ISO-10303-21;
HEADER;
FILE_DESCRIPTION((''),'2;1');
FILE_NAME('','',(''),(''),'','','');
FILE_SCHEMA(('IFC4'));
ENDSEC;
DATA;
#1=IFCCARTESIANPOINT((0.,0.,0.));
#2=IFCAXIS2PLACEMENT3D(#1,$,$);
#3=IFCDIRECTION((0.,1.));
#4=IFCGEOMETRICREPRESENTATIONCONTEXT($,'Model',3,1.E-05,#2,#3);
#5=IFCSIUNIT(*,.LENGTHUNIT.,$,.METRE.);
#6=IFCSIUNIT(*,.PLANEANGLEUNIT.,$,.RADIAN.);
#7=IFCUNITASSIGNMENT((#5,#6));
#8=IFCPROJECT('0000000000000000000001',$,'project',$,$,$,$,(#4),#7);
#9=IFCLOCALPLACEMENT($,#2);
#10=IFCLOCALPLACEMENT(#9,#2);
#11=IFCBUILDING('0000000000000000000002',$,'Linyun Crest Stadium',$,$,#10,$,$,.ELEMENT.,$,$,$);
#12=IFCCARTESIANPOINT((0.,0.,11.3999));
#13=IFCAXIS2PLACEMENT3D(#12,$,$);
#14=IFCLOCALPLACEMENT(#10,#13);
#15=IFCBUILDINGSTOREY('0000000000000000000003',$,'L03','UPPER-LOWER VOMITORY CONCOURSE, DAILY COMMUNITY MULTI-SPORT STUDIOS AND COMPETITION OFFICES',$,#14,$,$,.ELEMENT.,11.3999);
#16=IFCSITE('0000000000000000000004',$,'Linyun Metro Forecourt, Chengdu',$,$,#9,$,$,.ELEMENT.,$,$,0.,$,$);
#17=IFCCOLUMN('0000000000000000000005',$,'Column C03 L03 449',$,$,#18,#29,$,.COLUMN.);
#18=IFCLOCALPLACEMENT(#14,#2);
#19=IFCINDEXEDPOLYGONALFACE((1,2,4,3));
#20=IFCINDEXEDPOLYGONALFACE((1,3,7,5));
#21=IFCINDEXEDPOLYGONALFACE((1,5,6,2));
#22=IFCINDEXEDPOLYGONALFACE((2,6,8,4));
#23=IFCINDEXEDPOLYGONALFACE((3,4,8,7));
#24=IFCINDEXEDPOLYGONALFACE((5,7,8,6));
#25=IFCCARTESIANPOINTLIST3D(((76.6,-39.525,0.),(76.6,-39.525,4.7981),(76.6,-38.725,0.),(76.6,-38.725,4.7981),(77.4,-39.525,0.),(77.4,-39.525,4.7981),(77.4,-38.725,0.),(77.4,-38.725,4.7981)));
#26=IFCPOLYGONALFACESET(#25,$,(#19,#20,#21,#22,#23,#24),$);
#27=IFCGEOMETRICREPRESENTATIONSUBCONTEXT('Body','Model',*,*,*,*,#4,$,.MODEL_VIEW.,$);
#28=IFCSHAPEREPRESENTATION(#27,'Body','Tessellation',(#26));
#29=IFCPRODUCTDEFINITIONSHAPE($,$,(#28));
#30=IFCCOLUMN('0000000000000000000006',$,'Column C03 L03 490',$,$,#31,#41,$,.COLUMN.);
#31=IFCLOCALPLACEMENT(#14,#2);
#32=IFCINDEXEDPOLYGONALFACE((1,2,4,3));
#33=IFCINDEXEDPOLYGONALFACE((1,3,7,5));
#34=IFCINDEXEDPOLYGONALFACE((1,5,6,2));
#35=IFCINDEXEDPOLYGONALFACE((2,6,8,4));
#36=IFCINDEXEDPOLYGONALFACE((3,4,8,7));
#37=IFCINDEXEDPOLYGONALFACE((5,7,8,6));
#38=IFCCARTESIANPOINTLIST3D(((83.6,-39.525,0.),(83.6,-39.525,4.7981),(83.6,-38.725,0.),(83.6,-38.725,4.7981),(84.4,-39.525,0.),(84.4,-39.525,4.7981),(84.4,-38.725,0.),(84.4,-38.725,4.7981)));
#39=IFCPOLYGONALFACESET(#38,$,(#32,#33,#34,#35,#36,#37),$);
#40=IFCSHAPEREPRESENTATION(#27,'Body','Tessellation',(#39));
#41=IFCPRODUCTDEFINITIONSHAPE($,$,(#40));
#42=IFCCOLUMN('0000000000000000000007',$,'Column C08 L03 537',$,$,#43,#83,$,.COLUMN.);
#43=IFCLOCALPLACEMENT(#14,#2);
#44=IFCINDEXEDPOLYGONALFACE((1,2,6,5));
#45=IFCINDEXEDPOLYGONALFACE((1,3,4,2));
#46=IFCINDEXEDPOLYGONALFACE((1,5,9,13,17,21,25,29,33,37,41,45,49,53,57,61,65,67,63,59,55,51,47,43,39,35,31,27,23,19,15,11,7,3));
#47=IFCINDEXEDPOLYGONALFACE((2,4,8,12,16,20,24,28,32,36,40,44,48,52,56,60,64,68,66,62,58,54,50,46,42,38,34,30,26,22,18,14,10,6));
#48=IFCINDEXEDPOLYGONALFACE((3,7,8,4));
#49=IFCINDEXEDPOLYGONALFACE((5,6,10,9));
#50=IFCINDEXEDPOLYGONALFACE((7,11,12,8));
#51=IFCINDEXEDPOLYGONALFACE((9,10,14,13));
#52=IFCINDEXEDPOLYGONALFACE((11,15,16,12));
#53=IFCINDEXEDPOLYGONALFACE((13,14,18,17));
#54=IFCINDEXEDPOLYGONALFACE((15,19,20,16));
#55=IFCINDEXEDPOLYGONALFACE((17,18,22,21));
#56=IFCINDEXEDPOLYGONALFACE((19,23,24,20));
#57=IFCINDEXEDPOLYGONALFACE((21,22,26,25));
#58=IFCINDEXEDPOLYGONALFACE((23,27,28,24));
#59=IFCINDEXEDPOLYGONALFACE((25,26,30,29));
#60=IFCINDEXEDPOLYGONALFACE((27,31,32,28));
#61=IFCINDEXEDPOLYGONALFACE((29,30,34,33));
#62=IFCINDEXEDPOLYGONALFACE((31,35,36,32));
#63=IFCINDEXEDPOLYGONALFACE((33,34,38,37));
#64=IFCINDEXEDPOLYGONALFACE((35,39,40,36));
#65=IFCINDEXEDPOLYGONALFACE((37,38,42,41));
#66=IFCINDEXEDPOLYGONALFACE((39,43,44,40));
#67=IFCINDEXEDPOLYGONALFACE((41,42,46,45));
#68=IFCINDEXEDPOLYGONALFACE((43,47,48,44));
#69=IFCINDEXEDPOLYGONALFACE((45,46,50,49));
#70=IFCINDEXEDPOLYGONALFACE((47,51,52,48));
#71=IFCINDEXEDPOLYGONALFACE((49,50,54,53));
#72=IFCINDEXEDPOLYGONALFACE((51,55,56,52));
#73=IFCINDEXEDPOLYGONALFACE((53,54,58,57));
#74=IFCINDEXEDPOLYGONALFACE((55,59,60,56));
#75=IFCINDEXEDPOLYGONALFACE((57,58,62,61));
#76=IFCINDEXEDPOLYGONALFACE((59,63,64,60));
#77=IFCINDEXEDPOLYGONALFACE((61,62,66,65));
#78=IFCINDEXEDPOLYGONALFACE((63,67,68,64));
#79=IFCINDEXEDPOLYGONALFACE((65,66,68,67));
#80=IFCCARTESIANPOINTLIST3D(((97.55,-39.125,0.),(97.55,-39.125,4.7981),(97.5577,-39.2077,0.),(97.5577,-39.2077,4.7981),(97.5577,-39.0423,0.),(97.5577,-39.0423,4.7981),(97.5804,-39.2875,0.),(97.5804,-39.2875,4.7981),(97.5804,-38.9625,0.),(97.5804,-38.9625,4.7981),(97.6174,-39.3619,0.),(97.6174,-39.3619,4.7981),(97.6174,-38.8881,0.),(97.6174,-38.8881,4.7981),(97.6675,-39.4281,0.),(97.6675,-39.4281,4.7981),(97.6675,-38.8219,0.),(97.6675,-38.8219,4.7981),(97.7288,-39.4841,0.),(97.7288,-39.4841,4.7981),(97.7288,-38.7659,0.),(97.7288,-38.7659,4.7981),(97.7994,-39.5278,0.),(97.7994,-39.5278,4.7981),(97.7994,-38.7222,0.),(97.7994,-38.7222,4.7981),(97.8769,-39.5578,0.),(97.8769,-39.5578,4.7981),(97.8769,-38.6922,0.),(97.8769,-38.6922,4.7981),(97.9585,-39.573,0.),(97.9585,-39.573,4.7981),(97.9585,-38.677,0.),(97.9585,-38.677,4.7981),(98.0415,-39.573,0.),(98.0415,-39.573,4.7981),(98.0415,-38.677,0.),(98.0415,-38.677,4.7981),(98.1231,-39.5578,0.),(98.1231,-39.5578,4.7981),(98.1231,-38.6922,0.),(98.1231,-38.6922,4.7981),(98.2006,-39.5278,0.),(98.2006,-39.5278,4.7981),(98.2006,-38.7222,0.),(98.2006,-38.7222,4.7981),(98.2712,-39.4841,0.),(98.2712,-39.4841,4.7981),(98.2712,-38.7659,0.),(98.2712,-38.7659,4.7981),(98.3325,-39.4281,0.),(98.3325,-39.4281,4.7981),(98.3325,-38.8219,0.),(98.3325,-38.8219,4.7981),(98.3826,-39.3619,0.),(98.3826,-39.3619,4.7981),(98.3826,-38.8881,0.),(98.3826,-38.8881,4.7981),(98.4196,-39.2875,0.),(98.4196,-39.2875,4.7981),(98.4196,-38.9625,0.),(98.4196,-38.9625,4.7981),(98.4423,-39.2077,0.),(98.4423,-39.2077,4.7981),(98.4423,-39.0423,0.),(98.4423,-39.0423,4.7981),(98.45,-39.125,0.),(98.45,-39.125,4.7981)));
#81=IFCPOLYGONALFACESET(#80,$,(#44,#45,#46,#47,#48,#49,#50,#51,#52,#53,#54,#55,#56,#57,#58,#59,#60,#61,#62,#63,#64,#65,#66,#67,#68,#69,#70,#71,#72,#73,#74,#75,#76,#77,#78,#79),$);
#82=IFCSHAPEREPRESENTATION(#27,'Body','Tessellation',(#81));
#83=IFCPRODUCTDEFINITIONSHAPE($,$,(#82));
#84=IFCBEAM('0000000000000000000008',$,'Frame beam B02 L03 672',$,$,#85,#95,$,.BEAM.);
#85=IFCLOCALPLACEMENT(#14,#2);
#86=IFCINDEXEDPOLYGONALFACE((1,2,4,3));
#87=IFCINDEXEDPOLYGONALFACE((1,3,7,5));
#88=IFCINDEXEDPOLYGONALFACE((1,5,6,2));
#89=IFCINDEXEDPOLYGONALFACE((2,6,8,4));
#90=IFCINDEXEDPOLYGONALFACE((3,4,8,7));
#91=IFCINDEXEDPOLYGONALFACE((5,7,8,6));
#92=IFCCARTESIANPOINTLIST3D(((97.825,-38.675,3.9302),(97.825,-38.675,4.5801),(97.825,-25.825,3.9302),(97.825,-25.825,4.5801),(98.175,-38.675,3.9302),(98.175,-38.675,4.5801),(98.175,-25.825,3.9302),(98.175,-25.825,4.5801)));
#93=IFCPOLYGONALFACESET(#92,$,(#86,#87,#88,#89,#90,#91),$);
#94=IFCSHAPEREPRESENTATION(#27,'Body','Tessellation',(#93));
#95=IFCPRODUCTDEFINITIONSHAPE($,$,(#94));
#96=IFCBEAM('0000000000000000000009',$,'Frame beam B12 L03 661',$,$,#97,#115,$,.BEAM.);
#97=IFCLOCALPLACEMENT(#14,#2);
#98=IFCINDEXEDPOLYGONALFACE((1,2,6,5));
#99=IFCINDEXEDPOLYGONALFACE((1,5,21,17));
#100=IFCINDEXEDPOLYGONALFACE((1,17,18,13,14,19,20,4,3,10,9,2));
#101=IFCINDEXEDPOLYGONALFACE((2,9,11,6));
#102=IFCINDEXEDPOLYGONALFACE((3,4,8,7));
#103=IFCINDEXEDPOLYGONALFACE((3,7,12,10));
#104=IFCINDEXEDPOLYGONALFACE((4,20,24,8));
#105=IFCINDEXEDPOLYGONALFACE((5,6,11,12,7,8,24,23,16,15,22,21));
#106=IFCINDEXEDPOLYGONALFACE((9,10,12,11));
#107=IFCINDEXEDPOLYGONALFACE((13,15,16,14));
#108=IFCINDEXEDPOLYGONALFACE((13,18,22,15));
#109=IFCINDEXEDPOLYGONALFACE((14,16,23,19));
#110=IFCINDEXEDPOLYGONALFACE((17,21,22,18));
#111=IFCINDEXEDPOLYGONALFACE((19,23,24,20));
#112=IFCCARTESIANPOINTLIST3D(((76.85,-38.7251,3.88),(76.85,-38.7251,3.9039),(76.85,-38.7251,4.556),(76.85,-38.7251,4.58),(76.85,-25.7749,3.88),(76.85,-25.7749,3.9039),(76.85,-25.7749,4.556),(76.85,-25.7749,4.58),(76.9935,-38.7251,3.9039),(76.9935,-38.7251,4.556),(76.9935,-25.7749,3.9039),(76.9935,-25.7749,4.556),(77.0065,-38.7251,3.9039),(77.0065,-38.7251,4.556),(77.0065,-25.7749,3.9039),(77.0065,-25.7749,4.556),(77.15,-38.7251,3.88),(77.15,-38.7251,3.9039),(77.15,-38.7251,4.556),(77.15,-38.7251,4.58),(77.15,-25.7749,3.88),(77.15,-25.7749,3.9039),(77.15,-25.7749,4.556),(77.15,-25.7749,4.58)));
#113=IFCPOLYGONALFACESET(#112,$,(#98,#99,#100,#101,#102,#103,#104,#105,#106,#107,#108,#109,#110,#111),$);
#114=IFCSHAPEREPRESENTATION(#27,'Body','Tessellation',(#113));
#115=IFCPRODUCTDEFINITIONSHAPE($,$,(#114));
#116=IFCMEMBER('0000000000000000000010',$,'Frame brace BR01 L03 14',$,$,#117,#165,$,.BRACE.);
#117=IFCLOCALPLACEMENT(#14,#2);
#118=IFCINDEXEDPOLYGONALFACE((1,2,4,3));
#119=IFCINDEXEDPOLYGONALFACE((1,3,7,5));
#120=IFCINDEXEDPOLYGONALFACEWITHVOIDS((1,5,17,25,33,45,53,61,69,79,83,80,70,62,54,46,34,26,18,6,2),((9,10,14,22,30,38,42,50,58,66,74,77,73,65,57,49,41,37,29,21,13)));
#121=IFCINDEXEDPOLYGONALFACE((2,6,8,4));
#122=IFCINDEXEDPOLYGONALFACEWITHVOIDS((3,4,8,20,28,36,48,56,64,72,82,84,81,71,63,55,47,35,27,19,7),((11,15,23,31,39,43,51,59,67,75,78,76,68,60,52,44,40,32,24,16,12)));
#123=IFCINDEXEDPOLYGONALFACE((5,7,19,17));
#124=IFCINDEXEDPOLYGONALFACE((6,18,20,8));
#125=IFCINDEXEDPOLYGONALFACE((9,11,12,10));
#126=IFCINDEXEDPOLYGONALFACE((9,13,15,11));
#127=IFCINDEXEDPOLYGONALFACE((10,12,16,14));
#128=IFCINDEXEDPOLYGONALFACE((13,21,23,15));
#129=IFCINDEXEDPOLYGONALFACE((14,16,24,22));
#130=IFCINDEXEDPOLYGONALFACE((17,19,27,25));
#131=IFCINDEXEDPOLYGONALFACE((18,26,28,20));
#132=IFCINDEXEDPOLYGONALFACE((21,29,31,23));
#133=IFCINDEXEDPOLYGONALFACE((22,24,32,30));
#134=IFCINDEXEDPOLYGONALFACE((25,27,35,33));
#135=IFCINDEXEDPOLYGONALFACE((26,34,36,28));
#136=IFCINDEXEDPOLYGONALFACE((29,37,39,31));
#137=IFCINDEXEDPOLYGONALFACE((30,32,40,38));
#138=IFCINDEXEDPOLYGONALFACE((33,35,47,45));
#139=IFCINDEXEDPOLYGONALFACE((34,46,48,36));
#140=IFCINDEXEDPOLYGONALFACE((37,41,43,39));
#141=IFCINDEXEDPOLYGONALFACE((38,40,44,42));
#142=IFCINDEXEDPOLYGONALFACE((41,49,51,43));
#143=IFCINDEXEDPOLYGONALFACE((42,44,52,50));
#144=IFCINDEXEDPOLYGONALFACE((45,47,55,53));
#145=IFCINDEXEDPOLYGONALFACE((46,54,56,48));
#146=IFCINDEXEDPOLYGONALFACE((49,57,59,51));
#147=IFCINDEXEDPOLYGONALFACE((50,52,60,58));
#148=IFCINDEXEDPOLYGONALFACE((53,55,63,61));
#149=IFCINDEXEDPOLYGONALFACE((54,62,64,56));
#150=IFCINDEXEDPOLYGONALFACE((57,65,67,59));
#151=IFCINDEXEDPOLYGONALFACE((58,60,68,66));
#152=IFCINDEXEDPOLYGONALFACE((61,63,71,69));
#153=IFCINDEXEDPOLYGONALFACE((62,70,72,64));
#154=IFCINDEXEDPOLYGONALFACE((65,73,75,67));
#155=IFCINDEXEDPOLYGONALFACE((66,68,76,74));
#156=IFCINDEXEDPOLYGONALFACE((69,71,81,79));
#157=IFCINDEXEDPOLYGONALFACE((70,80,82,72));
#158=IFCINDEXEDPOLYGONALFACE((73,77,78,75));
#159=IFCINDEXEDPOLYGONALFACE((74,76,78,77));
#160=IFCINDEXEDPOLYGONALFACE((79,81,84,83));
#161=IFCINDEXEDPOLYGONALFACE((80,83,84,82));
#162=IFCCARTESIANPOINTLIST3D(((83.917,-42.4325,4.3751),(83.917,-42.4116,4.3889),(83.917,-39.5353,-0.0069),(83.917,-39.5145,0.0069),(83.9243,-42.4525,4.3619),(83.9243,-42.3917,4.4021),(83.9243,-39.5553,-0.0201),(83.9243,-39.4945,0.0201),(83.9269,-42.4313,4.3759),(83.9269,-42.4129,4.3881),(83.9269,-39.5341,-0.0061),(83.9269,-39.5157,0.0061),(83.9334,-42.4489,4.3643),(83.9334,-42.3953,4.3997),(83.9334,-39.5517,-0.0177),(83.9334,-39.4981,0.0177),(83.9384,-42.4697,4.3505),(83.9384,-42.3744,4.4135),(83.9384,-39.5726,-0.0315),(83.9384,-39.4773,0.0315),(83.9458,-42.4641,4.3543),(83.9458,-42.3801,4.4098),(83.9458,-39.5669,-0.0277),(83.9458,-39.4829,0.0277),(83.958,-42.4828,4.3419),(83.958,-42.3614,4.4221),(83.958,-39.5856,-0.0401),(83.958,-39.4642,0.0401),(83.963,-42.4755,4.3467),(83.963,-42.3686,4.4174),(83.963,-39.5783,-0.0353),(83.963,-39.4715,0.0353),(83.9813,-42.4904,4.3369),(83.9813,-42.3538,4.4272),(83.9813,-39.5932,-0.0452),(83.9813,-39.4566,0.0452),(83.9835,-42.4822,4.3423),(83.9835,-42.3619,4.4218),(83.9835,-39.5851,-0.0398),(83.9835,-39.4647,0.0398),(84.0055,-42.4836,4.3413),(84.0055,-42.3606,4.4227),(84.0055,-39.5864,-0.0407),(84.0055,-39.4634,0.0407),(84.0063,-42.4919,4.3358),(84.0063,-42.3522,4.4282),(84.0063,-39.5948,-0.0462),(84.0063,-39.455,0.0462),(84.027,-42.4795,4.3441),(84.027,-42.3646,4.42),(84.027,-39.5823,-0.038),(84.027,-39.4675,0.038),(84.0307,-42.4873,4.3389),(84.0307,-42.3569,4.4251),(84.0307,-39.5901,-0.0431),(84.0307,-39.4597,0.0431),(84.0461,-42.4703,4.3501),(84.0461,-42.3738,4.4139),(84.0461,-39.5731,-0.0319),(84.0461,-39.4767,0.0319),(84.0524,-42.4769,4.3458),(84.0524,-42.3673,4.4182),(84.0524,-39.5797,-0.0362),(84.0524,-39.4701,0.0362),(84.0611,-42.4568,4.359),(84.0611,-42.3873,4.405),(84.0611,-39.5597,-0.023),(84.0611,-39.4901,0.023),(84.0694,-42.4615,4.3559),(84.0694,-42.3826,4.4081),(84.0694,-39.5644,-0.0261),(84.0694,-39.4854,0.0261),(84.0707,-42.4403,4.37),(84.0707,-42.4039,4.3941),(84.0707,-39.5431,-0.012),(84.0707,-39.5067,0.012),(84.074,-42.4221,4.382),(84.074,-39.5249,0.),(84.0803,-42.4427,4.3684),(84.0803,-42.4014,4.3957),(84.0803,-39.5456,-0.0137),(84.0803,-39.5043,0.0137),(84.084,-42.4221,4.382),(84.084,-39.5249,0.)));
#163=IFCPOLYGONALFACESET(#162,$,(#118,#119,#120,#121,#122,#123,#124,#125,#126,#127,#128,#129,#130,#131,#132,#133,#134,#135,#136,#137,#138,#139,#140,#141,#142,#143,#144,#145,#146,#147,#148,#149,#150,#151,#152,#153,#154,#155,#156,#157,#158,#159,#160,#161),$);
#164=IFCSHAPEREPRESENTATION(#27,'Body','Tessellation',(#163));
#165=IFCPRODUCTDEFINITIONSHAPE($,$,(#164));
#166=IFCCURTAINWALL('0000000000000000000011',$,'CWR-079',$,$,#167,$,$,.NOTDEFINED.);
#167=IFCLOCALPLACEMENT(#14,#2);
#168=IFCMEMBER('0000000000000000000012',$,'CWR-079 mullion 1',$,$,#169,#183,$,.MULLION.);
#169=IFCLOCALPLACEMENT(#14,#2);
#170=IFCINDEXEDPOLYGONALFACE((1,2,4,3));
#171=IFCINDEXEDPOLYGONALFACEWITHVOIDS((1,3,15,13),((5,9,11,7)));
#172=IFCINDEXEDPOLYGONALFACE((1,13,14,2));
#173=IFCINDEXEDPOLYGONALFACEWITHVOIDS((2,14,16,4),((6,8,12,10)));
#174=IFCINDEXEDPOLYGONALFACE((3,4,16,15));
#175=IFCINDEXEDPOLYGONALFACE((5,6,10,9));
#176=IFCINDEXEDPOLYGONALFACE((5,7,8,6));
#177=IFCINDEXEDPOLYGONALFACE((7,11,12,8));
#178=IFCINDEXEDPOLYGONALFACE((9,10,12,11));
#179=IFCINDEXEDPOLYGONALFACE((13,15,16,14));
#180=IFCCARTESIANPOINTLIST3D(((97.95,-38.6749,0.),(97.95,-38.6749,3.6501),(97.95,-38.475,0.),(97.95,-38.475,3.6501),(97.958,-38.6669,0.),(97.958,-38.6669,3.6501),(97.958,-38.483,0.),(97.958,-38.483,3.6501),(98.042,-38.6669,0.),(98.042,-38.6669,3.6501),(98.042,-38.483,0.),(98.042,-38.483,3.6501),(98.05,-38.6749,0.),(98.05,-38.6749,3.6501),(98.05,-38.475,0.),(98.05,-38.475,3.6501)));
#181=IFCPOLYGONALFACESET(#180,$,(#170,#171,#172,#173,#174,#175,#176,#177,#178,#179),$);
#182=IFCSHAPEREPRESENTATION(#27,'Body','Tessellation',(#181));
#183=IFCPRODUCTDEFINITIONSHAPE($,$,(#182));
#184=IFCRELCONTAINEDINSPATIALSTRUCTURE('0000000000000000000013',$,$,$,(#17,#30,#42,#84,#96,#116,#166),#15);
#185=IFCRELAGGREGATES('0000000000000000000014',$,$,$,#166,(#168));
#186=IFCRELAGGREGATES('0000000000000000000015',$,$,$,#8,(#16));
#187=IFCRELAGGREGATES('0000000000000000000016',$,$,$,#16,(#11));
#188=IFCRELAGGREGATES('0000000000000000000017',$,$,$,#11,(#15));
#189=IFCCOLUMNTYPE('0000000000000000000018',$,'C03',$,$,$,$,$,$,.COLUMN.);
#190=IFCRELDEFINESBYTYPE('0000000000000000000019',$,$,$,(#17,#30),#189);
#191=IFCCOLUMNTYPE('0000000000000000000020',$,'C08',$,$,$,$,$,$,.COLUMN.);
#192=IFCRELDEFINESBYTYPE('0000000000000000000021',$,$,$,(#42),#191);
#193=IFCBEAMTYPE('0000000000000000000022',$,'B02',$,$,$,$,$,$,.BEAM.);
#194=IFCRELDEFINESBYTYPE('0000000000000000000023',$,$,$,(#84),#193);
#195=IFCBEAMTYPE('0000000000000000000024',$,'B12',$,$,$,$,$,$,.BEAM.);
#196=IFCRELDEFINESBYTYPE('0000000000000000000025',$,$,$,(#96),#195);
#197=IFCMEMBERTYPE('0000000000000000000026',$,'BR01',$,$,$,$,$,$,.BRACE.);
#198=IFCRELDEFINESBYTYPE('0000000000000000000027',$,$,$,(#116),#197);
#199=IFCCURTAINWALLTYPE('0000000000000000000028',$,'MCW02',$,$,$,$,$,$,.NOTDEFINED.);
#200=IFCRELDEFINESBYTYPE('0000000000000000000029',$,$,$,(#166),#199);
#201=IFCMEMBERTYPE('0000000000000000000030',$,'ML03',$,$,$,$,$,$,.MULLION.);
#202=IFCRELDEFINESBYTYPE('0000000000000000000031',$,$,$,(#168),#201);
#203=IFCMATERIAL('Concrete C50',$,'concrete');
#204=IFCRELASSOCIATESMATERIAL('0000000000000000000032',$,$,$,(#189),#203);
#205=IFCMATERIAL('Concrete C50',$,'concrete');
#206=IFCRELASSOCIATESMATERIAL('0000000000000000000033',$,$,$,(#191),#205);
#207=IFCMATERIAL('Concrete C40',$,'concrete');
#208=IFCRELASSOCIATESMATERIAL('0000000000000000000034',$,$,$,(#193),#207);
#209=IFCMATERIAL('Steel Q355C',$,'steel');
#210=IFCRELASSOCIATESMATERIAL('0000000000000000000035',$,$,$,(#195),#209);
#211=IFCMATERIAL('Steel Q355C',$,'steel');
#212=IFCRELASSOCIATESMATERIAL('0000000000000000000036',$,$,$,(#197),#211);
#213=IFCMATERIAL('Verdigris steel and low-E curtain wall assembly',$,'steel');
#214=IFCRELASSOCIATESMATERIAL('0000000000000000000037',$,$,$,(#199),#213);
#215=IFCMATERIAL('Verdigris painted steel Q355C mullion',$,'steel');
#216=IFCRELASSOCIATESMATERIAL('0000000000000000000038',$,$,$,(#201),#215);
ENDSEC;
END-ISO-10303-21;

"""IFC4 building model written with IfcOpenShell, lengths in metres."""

from ifc_helpers import new_model, si_unit, direction, frame, origin, origin_2d, place, context, subcontext, project, spatial, rectangle, hollow_rectangle, circle, hollow_circle, i_section, extrude, material, material_profile, profile_set, type_object, element, aggregate, save


model = new_model("IFC4")

# Units and contexts
model_context = context("Model", 3, precision=1e-05, world=origin(), true_north=direction((0.0, 1.0)))
body_context = subcontext(model_context, "Body", "Model", "MODEL_VIEW")
ifc_project = project(units=[si_unit("LENGTHUNIT", "METRE"), si_unit("PLANEANGLEUNIT", "RADIAN")], contexts=[model_context])

# Site, building, storey
site_placement = place(None, origin())
site = spatial("IfcSite", under=ifc_project, at=site_placement, Name="Linyun Metro Forecourt, Chengdu", CompositionType="ELEMENT", RefElevation=0.0)
building_placement = place(site_placement, origin())
building = spatial("IfcBuilding", under=site, at=building_placement, Name="Linyun Crest Stadium", CompositionType="ELEMENT")
storey_placement = place(building_placement, frame((0.0, 0.0, 11.3999)))
storey = spatial("IfcBuildingStorey", under=building, at=storey_placement, Name="L03", Description="UPPER-LOWER VOMITORY CONCOURSE, DAILY COMMUNITY MULTI-SPORT STUDIOS AND COMPETITION OFFICES", CompositionType="ELEMENT", Elevation=11.3999)

# Columns
ifc_material_1 = material(Name="Concrete C50", Category="concrete")
ifc_material_profile_1 = material_profile(ifc_material_1, rectangle(XDim=0.8, YDim=0.8, at=origin_2d()), Name="RC 800x800")
ifc_profile_set_1 = profile_set([ifc_material_profile_1], Name="Concrete C50")
column_type_1 = type_object("IfcColumnType", Name="C03", PredefinedType="COLUMN", material=ifc_profile_set_1)
for number, where, z_axis, x_axis, name in (
    (1, (77.0, -39.125, 0.0), (0.0, 0.0, 1.0), (1.0, 0.0, 0.0), "Column C03 L03 449"),
    (2, (84.0, -39.125, 0.0), (0.0, 0.0, 1.0), (1.0, 0.0, 0.0), "Column C03 L03 490"),
):
    element("IfcColumn", number, at=place(storey_placement, frame(where, z_axis=z_axis, x_axis=x_axis)), inside=storey, type_object=column_type_1, Name=name, PredefinedType="COLUMN", context=body_context, shape_type="SweptSolid", body=[
        extrude(rectangle(XDim=0.8, YDim=0.8, at=origin_2d()), origin(), (0.0, 0.0, 1.0), 4.7981),
    ])
ifc_material_2 = material(Name="Concrete C50", Category="concrete")
ifc_material_profile_2 = material_profile(ifc_material_2, circle(Radius=0.45, at=origin_2d()), Name="RC D900")
ifc_profile_set_2 = profile_set([ifc_material_profile_2], Name="Concrete C50")
column_type_2 = type_object("IfcColumnType", Name="C08", PredefinedType="COLUMN", material=ifc_profile_set_2)
column_placement = place(storey_placement, frame((98.0, -39.125, 0.0), z_axis=(0.0, 0.0, 1.0), x_axis=(1.0, 0.0, 0.0)))
element("IfcColumn", 3, at=column_placement, inside=storey, type_object=column_type_2, Name="Column C08 L03 537", PredefinedType="COLUMN", context=body_context, shape_type="SweptSolid", body=[
    extrude(circle(Radius=0.45, at=origin_2d()), origin(), (0.0, 0.0, 1.0), 4.7981),
])

# Beams
ifc_material_3 = material(Name="Concrete C40", Category="concrete")
ifc_material_profile_3 = material_profile(ifc_material_3, rectangle(XDim=0.3501, YDim=0.6499, at=origin_2d()), Name="RCB 650x350")
ifc_profile_set_3 = profile_set([ifc_material_profile_3], Name="Concrete C40")
beam_type_1 = type_object("IfcBeamType", Name="B02", PredefinedType="BEAM", material=ifc_profile_set_3)
beam_1_placement = place(storey_placement, frame((98.0, -38.675, 4.2551), z_axis=(0.0, 1.0, 0.0), x_axis=(-1.0, 0.0, 0.0)))
element("IfcBeam", 4, at=beam_1_placement, inside=storey, type_object=beam_type_1, Name="Frame beam B02 L03 672", PredefinedType="BEAM", context=body_context, shape_type="SweptSolid", body=[
    extrude(rectangle(XDim=0.3501, YDim=0.6499, at=origin_2d()), origin(), (0.0, 0.0, 1.0), 12.8501),
])
ifc_material_4 = material(Name="Steel Q355C", Category="steel")
ifc_material_profile_4 = material_profile(ifc_material_4, i_section(OverallWidth=0.3, OverallDepth=0.7, WebThickness=0.0129, FlangeThickness=0.0239, at=origin_2d()), Name="HN 700x300")
ifc_profile_set_4 = profile_set([ifc_material_profile_4], Name="Steel Q355C")
beam_type_2 = type_object("IfcBeamType", Name="B12", PredefinedType="BEAM", material=ifc_profile_set_4)
beam_2_placement = place(storey_placement, frame((77.0, -38.7251, 4.23), z_axis=(0.0, 1.0, 0.0), x_axis=(-1.0, 0.0, 0.0)))
element("IfcBeam", 5, at=beam_2_placement, inside=storey, type_object=beam_type_2, Name="Frame beam B12 L03 661", PredefinedType="BEAM", context=body_context, shape_type="SweptSolid", body=[
    extrude(i_section(OverallWidth=0.3, OverallDepth=0.7, WebThickness=0.0129, FlangeThickness=0.0239, at=origin_2d()), origin(), (0.0, 0.0, 1.0), 12.9502),
])

# Member
ifc_material_5 = material(Name="Steel Q355C", Category="steel")
ifc_material_profile_5 = material_profile(ifc_material_5, hollow_circle(Radius=0.084, WallThickness=0.01, at=origin_2d()), Name="CHS 168x10")
ifc_profile_set_5 = profile_set([ifc_material_profile_5], Name="Steel Q355C")
member_type_1 = type_object("IfcMemberType", Name="BR01", PredefinedType="BRACE", material=ifc_profile_set_5)
member_1_placement = place(storey_placement, frame((84.0, -39.5249, 0.0), z_axis=(0.0, -0.551511, 0.834168), x_axis=(1.0, 0.0, 0.0)))
element("IfcMember", 6, at=member_1_placement, inside=storey, type_object=member_type_1, Name="Frame brace BR01 L03 14", PredefinedType="BRACE", context=body_context, shape_type="SweptSolid", body=[
    extrude(hollow_circle(Radius=0.084, WallThickness=0.01, at=origin_2d()), origin(), (0.0, 0.0, 1.0), 5.2532),
])

# Curtain wall, member
ifc_material_6 = material(Name="Verdigris steel and low-E curtain wall assembly", Category="steel")
curtain_wall_type = type_object("IfcCurtainWallType", Name="MCW02", PredefinedType="NOTDEFINED", material=ifc_material_6)
curtain_wall_placement = place(storey_placement, origin())
curtain_wall = element("IfcCurtainWall", 7, at=curtain_wall_placement, inside=storey, type_object=curtain_wall_type, Name="CWR-079", PredefinedType="NOTDEFINED")
ifc_material_7 = material(Name="Verdigris painted steel Q355C mullion", Category="steel")
ifc_material_profile_6 = material_profile(ifc_material_7, hollow_rectangle(XDim=0.1001, YDim=0.2, WallThickness=0.0081, at=origin_2d()), Name="RHS 200x100x8")
ifc_profile_set_6 = profile_set([ifc_material_profile_6], Name="Verdigris painted steel Q355C mullion")
member_type_2 = type_object("IfcMemberType", Name="ML03", PredefinedType="MULLION", material=ifc_profile_set_6)
member_2_placement = place(storey_placement, frame((98.0, -38.575, 0.0), z_axis=(0.0, 0.0, 1.0), x_axis=(-1.0, 0.0, 0.0)))
member_2 = element("IfcMember", 8, at=member_2_placement, type_object=member_type_2, Name="CWR-079 mullion 1", PredefinedType="MULLION", context=body_context, shape_type="SweptSolid", body=[
    extrude(hollow_rectangle(XDim=0.1001, YDim=0.2, WallThickness=0.0081, at=origin_2d()), origin(), (0.0, 0.0, 1.0), 3.6501),
])

aggregate(curtain_wall, [member_2])

save(model, "model.ifc")
